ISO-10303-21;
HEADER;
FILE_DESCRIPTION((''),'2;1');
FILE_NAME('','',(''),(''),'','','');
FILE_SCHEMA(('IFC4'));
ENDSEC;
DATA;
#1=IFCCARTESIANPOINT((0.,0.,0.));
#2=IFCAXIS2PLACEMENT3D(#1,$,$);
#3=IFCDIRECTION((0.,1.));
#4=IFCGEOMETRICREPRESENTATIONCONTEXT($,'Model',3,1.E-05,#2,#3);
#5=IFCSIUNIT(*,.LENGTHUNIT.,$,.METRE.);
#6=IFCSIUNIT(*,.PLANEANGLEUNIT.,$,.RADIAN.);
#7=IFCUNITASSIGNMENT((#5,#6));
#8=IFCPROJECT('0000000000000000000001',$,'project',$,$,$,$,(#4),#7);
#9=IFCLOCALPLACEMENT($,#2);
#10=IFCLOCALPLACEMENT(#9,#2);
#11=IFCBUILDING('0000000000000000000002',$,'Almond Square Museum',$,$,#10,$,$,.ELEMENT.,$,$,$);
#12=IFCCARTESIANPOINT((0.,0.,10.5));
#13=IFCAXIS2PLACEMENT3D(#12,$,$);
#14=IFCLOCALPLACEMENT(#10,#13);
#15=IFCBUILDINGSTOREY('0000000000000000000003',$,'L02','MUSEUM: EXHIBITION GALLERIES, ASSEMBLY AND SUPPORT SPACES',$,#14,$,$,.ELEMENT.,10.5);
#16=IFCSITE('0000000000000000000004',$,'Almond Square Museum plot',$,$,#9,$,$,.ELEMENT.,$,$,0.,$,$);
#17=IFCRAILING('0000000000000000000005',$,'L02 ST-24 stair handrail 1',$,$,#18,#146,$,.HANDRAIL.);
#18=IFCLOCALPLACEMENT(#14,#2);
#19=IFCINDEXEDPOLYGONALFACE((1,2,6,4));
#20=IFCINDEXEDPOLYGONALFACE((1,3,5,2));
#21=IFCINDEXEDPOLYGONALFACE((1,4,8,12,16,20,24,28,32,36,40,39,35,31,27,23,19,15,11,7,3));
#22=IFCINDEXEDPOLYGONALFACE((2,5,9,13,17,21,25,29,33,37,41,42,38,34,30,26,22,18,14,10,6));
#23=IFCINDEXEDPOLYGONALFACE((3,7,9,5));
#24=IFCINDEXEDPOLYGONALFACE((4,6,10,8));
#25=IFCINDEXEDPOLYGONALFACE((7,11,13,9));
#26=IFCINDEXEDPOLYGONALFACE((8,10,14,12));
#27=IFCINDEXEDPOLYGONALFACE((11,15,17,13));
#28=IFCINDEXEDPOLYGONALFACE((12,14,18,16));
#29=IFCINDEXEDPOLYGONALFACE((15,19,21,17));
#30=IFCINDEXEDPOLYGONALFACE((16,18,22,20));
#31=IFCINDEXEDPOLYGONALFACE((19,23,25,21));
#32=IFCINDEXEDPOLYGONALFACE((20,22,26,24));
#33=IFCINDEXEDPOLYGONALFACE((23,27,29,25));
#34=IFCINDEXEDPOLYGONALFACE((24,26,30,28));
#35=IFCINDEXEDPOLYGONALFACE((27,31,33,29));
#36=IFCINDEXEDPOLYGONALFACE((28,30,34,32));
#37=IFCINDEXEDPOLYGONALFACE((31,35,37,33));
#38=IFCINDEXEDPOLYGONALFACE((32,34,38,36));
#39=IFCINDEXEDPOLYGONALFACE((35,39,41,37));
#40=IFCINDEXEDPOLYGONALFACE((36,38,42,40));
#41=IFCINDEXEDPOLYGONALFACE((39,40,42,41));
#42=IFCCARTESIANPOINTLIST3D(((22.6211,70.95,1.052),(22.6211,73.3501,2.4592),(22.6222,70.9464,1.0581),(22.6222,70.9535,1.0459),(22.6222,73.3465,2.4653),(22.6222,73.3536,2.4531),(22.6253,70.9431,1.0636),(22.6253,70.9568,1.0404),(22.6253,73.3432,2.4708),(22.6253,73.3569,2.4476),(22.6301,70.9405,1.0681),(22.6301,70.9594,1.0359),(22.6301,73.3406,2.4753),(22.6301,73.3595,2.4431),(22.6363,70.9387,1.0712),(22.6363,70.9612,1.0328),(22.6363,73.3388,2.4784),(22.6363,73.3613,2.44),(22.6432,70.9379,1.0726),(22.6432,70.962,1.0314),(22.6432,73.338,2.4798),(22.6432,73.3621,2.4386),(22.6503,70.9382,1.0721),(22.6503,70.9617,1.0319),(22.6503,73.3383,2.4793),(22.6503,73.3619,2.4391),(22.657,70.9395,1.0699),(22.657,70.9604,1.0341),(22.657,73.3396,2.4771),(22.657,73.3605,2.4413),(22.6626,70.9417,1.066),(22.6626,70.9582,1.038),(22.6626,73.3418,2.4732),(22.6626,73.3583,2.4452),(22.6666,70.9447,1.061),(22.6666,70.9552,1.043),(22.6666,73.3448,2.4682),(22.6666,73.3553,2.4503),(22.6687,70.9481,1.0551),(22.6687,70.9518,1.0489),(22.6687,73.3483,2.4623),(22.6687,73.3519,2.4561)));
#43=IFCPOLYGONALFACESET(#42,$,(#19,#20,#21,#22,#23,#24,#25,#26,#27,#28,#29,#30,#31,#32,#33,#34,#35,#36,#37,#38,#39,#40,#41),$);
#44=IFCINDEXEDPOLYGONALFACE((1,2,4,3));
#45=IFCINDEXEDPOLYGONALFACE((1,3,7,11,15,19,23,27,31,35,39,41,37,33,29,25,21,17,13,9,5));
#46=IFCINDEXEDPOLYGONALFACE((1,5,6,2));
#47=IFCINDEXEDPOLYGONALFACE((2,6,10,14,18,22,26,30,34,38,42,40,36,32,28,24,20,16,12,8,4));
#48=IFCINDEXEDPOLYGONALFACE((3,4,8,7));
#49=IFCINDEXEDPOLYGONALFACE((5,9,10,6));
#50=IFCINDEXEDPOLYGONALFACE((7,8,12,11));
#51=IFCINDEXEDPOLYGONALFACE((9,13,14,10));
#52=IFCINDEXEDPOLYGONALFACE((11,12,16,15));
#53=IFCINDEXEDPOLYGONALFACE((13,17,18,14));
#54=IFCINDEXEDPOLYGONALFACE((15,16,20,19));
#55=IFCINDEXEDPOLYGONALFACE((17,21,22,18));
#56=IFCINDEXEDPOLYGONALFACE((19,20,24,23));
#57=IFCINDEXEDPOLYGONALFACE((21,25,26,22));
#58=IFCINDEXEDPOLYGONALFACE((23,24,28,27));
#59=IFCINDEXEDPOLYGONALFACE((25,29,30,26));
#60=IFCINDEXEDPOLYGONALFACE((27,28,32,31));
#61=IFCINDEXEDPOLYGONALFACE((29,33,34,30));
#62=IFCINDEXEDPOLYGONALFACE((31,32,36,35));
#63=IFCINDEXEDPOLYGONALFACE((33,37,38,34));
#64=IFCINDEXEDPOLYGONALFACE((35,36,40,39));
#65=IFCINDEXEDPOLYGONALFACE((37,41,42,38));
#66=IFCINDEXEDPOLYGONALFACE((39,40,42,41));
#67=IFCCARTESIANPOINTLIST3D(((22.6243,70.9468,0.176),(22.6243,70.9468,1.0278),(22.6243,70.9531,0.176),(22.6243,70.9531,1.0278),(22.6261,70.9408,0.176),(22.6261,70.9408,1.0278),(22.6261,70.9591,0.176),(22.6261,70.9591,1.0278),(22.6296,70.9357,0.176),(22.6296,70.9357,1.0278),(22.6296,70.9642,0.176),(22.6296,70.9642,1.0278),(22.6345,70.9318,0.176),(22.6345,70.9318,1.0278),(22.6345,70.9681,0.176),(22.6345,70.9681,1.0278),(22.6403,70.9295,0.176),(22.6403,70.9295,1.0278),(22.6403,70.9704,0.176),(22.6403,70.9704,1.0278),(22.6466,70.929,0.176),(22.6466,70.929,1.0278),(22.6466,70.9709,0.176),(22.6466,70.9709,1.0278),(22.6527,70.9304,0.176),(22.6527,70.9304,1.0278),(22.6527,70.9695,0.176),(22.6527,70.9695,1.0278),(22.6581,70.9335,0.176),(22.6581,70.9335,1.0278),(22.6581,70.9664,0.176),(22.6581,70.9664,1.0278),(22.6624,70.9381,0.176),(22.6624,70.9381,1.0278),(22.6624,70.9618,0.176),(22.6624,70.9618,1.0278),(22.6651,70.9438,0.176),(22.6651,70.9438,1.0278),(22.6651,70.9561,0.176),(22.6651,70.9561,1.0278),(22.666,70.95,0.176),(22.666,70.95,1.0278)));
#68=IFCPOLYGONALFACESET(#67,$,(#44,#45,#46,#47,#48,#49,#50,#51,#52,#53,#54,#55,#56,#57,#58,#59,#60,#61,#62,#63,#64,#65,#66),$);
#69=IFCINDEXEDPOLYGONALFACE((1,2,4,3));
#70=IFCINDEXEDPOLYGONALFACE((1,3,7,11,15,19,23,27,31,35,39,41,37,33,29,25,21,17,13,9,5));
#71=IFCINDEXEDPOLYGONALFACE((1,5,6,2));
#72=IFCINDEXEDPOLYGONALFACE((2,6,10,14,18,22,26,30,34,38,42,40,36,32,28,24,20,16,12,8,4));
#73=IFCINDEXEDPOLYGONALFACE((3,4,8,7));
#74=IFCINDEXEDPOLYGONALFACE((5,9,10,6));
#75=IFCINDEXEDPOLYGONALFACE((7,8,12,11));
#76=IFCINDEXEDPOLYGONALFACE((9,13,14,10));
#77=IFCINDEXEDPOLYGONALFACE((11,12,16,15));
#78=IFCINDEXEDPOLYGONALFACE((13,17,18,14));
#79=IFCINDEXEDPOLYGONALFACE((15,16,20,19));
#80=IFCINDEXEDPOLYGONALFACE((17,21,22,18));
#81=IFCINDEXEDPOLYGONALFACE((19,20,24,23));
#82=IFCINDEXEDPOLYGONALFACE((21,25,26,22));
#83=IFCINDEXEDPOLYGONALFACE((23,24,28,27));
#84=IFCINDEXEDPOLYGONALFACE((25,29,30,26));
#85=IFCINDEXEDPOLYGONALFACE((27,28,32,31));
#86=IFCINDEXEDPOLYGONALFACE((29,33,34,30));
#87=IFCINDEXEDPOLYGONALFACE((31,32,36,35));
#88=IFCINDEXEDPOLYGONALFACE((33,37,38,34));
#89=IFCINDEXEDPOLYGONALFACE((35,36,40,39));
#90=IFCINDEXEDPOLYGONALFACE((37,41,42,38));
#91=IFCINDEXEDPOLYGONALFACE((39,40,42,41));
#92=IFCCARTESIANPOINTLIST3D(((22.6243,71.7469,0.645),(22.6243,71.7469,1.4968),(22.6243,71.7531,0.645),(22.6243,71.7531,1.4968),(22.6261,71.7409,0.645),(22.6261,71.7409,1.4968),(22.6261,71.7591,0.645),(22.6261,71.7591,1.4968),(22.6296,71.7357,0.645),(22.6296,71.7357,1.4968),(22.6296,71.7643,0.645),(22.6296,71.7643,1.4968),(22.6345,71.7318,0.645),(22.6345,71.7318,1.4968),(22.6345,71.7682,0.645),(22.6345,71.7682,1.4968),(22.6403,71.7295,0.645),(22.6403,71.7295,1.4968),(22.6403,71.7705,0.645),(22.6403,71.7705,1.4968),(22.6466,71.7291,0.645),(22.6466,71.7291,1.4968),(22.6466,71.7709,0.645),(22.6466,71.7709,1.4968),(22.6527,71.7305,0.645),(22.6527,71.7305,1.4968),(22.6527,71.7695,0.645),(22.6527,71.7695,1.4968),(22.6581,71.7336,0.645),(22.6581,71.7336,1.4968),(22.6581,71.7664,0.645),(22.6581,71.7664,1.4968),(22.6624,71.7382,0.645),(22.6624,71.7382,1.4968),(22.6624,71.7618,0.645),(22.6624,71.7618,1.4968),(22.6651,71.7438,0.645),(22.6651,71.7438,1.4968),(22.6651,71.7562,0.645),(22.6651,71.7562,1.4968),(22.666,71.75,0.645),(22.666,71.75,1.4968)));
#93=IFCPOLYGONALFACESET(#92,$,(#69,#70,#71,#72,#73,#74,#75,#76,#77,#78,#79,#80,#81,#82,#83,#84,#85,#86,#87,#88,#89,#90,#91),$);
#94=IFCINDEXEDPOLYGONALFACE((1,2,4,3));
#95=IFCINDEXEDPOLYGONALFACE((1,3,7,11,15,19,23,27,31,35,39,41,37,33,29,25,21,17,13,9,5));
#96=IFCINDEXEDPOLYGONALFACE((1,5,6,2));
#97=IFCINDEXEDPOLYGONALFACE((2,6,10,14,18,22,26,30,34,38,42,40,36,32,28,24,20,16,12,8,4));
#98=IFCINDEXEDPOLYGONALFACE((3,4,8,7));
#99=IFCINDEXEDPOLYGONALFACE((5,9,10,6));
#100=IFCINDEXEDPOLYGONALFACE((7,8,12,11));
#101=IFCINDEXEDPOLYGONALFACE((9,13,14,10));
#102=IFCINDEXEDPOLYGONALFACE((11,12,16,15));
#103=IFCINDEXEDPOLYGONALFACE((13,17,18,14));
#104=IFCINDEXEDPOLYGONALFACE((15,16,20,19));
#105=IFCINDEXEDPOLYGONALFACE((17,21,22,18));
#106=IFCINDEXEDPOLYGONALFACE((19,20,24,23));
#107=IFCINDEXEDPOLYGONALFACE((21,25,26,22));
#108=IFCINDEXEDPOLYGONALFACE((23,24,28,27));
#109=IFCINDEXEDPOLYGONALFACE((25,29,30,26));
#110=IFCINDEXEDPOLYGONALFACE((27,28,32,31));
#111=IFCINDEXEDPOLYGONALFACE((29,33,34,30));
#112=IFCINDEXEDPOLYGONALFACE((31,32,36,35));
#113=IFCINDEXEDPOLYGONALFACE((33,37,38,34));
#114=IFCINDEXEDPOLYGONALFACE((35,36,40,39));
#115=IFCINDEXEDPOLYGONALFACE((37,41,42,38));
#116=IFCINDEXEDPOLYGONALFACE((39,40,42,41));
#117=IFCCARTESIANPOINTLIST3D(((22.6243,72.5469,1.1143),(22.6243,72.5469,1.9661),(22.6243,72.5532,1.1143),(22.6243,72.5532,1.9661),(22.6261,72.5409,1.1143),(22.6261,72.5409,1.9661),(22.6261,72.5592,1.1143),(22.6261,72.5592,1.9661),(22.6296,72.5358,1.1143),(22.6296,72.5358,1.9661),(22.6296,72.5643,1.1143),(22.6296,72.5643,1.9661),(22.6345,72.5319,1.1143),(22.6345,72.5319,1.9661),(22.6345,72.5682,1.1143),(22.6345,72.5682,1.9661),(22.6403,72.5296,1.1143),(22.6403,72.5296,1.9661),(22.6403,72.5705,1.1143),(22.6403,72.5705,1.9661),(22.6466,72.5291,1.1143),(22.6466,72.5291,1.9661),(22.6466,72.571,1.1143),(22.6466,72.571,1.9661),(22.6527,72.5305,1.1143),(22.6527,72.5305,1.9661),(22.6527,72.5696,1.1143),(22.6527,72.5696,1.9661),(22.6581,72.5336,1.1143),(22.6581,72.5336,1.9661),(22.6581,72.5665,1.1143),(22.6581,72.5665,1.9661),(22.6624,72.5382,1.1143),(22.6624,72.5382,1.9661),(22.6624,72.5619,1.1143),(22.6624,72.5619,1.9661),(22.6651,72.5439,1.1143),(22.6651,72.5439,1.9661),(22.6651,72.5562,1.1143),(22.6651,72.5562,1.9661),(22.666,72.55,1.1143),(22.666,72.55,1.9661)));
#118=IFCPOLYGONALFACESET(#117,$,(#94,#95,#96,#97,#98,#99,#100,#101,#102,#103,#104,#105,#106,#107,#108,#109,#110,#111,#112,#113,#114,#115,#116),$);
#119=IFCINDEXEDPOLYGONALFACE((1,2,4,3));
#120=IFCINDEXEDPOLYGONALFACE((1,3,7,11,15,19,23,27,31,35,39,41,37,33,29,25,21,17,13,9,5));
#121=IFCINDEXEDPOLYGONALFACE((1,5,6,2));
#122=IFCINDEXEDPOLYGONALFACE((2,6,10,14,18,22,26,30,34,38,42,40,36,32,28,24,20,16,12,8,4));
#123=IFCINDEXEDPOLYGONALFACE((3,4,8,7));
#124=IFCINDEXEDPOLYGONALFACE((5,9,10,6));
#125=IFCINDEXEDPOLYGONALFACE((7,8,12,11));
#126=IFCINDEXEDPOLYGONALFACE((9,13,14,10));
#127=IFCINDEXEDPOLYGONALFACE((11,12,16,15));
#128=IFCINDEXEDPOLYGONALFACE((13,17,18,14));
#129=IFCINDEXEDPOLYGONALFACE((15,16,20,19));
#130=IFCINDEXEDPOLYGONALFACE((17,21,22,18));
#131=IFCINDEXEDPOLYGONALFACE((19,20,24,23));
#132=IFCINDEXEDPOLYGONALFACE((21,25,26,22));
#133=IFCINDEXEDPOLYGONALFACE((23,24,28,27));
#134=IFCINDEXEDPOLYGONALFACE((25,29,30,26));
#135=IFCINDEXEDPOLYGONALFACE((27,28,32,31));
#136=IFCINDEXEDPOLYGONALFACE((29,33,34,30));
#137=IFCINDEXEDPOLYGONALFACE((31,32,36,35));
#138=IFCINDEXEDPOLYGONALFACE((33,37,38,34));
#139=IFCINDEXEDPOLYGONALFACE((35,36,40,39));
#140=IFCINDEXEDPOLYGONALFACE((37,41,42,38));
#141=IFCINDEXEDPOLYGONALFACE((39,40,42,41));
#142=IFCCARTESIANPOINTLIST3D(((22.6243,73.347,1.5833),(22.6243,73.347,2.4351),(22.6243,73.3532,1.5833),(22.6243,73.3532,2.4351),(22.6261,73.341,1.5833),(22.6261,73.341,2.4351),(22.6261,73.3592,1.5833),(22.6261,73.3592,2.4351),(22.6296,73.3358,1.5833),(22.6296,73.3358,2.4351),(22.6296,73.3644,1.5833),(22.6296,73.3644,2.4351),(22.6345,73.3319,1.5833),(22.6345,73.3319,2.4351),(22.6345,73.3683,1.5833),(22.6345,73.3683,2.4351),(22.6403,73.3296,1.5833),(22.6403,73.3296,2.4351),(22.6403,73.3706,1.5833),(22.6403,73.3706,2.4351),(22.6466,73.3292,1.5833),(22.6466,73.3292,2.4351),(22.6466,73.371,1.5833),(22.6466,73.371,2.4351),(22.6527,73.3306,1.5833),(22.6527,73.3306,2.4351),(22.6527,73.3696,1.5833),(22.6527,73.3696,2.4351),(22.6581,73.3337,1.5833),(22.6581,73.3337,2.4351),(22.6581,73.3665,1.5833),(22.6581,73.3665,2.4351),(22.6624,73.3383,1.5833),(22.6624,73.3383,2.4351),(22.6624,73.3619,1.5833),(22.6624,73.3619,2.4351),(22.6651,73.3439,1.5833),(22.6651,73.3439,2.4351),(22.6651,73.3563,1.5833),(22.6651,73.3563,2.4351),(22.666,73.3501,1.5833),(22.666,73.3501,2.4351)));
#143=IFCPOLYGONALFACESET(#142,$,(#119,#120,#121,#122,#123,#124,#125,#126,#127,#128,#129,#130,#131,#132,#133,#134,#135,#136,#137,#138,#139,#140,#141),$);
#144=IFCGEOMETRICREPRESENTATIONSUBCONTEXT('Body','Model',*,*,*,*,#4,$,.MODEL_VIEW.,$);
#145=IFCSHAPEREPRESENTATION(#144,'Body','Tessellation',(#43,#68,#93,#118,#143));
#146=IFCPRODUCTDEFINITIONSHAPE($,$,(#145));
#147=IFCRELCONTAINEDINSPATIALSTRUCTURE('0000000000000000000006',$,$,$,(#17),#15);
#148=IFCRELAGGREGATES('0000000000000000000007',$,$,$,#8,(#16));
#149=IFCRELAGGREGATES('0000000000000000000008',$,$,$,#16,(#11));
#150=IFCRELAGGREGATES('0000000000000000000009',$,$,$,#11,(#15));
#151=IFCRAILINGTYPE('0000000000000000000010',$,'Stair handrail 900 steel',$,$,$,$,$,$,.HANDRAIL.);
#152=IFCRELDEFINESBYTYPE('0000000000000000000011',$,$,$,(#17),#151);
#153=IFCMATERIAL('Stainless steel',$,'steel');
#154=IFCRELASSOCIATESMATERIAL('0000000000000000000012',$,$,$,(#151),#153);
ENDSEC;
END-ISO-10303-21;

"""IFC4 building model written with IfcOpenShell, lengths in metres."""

from ifc_helpers import new_model, si_unit, direction, frame, origin, origin_2d, place, context, subcontext, project, spatial, circle, extrude, material, type_object, element, save


model = new_model("IFC4")

# Units and contexts
model_context = context("Model", 3, precision=1e-05, world=origin(), true_north=direction((0.0, 1.0)))
body_context = subcontext(model_context, "Body", "Model", "MODEL_VIEW")
ifc_project = project(units=[si_unit("LENGTHUNIT", "METRE"), si_unit("PLANEANGLEUNIT", "RADIAN")], contexts=[model_context])

# Site, building, storey
site_placement = place(None, origin())
site = spatial("IfcSite", under=ifc_project, at=site_placement, Name="Almond Square Museum plot", CompositionType="ELEMENT", RefElevation=0.0)
building_placement = place(site_placement, origin())
building = spatial("IfcBuilding", under=site, at=building_placement, Name="Almond Square Museum", CompositionType="ELEMENT")
storey_placement = place(building_placement, frame((0.0, 0.0, 10.5)))
storey = spatial("IfcBuildingStorey", under=building, at=storey_placement, Name="L02", Description="MUSEUM: EXHIBITION GALLERIES, ASSEMBLY AND SUPPORT SPACES", CompositionType="ELEMENT", Elevation=10.5)

# Railing
ifc_material_1 = material(Name="Stainless steel", Category="steel")
railing_type_1 = type_object("IfcRailingType", Name="Stair handrail 900 steel", PredefinedType="HANDRAIL", material=ifc_material_1)
railing_1_placement = place(storey_placement, frame((22.645, 70.95, 0.176)))
element("IfcRailing", 1, at=railing_1_placement, inside=storey, type_object=railing_type_1, Name="L02 ST-24 stair handrail 1", PredefinedType="HANDRAIL", context=body_context, shape_type="SweptSolid", body=[
    extrude(circle(Radius=0.0239, at=origin_2d()), frame((0.0, 0.0, 0.876), z_axis=(0.0, 0.86266, 0.505785), x_axis=(-1.0, 0.0, 0.0)), (0.0, 0.0, 1.0), 2.7822),
    extrude(circle(Radius=0.021, at=origin_2d()), origin(), (0.0, 0.0, 1.0), 0.8518),
    extrude(circle(Radius=0.021, at=origin_2d()), frame((0.0, 0.8, 0.469)), (0.0, 0.0, 1.0), 0.8518),
    extrude(circle(Radius=0.021, at=origin_2d()), frame((0.0, 1.6001, 0.9382)), (0.0, 0.0, 1.0), 0.8518),
    extrude(circle(Radius=0.021, at=origin_2d()), frame((0.0, 2.4001, 1.4072)), (0.0, 0.0, 1.0), 0.8518),
])

save(model, "model.ifc")
